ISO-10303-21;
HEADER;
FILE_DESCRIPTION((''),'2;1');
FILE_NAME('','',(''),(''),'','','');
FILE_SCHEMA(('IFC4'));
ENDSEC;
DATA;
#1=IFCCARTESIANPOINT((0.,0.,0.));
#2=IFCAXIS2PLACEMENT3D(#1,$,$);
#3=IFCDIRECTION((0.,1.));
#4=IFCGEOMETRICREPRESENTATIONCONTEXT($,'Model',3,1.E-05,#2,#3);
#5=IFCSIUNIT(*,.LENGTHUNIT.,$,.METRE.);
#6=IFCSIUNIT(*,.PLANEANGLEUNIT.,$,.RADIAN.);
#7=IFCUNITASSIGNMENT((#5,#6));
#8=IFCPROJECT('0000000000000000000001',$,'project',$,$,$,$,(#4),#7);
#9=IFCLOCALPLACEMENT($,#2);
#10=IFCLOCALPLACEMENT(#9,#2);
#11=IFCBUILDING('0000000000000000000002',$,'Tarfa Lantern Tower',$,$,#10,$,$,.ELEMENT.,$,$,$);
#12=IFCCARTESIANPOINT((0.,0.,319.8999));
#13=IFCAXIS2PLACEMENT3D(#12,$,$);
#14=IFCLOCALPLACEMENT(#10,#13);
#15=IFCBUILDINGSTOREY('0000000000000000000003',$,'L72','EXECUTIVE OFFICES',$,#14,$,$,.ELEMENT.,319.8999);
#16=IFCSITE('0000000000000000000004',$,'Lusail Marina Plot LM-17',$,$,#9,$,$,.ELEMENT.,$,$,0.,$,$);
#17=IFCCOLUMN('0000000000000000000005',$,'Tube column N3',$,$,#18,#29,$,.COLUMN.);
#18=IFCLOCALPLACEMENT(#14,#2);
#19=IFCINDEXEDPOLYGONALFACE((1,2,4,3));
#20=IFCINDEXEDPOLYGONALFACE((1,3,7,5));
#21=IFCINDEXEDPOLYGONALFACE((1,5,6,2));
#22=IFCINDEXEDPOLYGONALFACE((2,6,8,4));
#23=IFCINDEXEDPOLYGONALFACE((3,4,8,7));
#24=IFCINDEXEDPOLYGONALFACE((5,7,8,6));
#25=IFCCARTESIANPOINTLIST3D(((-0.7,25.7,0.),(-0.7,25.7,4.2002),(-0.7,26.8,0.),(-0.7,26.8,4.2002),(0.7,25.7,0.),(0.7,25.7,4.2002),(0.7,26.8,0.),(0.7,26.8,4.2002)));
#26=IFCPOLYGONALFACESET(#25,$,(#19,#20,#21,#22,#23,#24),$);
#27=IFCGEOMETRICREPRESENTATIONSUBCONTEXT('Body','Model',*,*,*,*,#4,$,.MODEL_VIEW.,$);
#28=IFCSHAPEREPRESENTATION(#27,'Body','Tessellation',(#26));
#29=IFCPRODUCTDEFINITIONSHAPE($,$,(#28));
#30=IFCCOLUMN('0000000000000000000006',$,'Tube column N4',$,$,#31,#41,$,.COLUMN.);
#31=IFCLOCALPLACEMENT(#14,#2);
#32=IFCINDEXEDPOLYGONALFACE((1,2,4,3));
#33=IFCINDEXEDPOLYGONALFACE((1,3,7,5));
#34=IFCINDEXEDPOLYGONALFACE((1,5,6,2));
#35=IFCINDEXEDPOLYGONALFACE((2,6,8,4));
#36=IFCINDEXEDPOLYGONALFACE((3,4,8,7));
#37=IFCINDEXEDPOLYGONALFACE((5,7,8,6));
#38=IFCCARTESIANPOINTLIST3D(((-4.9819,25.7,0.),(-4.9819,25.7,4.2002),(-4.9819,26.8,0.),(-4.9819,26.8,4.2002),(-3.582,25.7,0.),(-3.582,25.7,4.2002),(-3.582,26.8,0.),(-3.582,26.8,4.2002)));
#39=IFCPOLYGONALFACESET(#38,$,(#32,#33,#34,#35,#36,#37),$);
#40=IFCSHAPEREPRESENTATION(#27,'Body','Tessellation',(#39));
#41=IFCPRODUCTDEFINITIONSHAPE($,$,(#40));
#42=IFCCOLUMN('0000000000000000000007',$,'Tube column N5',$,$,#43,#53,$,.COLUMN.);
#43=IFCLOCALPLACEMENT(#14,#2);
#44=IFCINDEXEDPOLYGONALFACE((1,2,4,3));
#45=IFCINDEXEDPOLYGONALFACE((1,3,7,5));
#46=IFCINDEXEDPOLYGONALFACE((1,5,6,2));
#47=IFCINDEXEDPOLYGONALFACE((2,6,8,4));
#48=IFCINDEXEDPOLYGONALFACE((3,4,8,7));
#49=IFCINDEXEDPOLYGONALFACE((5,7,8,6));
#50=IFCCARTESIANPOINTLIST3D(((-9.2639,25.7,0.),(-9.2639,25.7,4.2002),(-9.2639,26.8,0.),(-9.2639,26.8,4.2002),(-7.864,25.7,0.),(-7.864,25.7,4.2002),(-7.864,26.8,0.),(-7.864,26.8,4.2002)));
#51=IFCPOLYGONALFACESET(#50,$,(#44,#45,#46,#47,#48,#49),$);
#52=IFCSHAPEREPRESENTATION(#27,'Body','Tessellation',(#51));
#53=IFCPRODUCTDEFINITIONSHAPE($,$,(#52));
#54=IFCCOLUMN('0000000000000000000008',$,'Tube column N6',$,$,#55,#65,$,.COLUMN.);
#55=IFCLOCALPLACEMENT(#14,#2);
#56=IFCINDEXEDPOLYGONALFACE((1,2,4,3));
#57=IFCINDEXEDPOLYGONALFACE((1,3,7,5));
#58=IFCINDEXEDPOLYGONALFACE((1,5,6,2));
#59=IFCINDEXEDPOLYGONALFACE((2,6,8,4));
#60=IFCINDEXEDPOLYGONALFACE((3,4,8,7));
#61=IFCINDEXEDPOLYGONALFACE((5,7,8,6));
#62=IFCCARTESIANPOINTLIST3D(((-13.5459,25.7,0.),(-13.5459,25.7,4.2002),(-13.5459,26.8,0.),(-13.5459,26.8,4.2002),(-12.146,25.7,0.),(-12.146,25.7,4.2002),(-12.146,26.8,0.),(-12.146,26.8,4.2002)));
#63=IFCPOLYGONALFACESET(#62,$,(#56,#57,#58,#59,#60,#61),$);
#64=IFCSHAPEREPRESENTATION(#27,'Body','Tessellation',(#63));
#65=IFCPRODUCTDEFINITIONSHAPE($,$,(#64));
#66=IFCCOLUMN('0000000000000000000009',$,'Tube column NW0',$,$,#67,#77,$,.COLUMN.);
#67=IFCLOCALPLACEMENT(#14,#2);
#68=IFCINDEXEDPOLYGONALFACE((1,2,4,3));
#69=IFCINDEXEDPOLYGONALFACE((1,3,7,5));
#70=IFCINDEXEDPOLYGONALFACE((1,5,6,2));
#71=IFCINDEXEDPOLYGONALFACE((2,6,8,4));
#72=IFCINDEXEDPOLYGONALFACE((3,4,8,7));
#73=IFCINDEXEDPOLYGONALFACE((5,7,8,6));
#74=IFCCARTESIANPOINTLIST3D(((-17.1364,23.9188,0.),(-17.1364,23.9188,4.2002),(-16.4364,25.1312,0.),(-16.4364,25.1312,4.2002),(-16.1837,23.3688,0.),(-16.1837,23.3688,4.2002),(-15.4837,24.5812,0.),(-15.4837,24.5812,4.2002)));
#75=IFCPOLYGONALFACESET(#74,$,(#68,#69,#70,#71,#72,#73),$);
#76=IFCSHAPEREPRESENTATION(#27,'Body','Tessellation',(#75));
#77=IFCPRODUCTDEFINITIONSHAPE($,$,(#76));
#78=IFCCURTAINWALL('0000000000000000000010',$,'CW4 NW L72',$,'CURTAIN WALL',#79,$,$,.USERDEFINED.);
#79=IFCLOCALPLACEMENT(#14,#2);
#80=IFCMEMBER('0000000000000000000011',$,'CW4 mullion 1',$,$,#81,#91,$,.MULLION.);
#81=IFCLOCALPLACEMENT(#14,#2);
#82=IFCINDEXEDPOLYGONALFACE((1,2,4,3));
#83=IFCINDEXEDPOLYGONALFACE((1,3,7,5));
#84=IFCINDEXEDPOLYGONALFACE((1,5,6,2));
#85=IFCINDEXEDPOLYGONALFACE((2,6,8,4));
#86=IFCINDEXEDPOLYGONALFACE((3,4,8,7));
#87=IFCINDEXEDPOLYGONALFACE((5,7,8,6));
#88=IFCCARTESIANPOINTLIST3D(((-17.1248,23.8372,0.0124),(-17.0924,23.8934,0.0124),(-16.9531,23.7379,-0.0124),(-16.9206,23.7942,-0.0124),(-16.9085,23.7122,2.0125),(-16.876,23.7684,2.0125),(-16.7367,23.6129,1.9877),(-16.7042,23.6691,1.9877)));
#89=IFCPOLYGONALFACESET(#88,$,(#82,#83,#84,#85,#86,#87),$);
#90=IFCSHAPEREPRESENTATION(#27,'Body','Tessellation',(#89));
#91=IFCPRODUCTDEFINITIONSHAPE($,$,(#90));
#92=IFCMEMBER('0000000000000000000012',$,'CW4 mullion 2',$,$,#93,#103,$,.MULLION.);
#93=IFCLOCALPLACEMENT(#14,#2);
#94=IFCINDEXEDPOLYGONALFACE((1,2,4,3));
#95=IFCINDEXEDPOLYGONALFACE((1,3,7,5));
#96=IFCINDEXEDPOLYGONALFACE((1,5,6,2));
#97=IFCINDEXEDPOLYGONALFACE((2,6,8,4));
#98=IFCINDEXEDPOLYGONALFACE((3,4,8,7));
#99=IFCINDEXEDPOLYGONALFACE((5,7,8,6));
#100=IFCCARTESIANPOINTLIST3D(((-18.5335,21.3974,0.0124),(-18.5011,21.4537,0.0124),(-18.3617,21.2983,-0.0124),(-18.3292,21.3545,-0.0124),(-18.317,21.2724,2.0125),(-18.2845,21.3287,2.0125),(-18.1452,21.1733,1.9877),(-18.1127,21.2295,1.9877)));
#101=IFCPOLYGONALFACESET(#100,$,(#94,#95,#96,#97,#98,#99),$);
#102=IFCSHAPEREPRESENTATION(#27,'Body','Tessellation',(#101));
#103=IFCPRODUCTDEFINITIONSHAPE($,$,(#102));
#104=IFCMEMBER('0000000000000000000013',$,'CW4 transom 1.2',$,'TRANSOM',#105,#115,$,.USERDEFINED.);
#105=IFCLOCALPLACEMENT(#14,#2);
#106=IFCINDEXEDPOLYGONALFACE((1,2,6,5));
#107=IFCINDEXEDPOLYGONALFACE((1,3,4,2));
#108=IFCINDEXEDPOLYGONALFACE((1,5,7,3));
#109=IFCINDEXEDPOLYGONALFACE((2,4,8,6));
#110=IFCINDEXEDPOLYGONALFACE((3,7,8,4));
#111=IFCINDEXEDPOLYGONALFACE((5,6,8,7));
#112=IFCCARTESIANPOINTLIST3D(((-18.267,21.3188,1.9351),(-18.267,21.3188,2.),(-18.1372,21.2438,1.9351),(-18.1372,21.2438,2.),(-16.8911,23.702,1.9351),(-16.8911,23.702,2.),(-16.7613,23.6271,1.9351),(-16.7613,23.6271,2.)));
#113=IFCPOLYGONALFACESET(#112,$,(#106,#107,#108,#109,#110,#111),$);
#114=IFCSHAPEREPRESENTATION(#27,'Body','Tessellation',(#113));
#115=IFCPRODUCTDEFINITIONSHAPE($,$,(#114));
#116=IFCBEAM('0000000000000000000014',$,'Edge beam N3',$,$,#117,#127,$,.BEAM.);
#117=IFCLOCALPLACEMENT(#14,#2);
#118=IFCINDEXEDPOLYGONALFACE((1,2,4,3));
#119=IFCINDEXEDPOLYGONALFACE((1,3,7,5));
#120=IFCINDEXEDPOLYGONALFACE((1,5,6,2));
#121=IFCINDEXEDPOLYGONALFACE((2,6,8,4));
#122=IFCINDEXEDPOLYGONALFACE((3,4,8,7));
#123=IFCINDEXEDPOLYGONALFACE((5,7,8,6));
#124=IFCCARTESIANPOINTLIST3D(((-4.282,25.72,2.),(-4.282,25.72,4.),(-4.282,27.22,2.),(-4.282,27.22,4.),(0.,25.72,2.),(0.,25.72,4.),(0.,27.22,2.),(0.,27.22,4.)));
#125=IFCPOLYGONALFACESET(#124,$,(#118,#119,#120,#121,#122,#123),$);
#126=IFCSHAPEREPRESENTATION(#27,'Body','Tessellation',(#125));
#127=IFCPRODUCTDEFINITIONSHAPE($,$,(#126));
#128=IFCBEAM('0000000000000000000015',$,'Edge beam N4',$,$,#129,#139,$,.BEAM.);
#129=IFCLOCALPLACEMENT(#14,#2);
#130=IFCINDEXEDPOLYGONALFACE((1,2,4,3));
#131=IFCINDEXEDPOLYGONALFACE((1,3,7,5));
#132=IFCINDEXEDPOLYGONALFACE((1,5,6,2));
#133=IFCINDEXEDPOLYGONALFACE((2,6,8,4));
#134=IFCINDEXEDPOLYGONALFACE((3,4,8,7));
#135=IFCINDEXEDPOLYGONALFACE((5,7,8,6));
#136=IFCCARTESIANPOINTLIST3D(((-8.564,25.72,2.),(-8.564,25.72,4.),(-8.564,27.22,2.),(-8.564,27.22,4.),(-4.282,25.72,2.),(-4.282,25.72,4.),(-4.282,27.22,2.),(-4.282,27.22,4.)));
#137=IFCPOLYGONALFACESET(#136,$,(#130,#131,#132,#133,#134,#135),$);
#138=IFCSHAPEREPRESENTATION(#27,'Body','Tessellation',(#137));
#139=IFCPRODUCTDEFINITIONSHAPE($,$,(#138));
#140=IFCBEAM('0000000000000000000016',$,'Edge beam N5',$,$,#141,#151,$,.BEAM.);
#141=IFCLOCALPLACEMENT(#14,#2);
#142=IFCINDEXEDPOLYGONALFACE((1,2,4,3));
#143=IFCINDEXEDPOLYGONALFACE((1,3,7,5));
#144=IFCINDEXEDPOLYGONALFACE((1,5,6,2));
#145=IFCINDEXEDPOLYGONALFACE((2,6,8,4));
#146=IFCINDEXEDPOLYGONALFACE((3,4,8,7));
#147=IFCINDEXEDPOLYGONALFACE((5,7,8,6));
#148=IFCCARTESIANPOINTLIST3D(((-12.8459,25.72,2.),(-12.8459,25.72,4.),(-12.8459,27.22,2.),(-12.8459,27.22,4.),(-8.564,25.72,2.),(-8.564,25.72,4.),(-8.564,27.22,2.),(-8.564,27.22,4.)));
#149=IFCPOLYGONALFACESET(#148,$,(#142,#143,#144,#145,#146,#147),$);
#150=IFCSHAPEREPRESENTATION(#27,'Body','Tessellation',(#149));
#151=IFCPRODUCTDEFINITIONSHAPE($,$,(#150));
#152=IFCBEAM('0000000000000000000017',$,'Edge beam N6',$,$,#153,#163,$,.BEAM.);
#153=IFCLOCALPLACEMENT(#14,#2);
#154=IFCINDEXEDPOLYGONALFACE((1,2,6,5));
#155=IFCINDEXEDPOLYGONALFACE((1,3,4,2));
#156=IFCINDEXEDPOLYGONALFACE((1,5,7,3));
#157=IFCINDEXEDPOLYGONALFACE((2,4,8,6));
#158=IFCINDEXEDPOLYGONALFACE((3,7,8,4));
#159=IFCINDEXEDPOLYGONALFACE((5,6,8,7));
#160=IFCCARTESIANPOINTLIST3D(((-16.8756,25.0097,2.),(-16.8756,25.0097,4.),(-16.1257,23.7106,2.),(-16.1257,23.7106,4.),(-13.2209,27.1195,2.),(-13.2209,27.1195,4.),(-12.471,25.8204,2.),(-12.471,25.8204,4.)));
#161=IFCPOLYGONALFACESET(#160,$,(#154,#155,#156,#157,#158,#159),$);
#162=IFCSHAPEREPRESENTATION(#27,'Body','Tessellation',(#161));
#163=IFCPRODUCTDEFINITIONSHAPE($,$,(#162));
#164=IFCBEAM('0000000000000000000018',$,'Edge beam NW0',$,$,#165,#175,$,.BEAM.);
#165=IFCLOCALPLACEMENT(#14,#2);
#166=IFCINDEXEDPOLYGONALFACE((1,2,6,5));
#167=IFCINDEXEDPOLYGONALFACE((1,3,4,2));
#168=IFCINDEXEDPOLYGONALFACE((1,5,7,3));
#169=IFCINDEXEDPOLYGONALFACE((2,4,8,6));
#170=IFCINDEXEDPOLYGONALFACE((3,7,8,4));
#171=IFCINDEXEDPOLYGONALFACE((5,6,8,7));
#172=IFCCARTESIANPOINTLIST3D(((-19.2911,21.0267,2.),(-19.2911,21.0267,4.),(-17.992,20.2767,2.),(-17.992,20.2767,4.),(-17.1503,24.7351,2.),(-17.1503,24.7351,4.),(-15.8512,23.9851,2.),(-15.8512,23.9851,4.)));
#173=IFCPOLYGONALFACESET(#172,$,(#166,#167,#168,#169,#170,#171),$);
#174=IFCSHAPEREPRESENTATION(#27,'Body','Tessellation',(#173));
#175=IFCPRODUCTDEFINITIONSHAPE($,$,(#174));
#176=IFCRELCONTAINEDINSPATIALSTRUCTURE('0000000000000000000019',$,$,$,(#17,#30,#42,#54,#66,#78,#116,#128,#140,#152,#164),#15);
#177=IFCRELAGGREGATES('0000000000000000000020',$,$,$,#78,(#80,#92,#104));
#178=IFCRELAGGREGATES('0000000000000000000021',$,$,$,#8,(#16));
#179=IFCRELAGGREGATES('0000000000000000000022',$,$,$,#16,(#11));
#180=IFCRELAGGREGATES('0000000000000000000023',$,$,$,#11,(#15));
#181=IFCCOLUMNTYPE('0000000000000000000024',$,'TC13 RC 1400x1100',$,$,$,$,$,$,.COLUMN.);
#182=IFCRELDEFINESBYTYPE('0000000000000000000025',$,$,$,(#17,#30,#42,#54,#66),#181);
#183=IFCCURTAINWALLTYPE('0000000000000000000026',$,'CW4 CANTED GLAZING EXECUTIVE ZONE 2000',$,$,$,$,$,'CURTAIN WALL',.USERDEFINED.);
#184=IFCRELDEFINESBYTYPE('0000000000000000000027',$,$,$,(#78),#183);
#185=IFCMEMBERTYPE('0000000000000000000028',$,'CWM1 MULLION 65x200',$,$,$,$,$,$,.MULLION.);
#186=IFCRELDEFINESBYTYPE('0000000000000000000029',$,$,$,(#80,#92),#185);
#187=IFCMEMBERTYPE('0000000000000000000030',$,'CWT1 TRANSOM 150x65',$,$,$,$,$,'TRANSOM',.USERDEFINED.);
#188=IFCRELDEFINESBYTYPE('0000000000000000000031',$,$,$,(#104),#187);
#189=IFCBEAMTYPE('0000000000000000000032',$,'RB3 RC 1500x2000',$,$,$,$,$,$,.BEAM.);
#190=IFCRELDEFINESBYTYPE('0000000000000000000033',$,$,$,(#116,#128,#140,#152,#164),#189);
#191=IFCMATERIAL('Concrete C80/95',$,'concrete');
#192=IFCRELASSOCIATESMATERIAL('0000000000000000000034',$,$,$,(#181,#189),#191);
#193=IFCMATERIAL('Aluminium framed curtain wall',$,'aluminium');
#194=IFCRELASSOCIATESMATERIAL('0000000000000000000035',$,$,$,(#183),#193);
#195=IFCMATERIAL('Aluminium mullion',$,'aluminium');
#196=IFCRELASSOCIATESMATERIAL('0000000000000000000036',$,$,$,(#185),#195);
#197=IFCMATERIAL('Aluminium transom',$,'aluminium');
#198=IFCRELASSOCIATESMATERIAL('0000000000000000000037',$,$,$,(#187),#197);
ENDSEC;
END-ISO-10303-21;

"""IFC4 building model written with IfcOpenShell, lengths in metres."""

from ifc_helpers import new_model, si_unit, direction, frame, origin, origin_2d, place, context, subcontext, project, spatial, rectangle, extrude, material, material_profile, profile_set, type_object, element, aggregate, save


model = new_model("IFC4")

# Units and contexts
model_context = context("Model", 3, precision=1e-05, world=origin(), true_north=direction((0.0, 1.0)))
body_context = subcontext(model_context, "Body", "Model", "MODEL_VIEW")
ifc_project = project(units=[si_unit("LENGTHUNIT", "METRE"), si_unit("PLANEANGLEUNIT", "RADIAN")], contexts=[model_context])

# Site, building, storey
site_placement = place(None, origin())
site = spatial("IfcSite", under=ifc_project, at=site_placement, Name="Lusail Marina Plot LM-17", CompositionType="ELEMENT", RefElevation=0.0)
building_placement = place(site_placement, origin())
building = spatial("IfcBuilding", under=site, at=building_placement, Name="Tarfa Lantern Tower", CompositionType="ELEMENT")
storey_placement = place(building_placement, frame((0.0, 0.0, 319.8999)))
storey = spatial("IfcBuildingStorey", under=building, at=storey_placement, Name="L72", Description="EXECUTIVE OFFICES", CompositionType="ELEMENT", Elevation=319.8999)

# Columns
ifc_material_1 = material(Name="Concrete C80/95", Category="concrete")
ifc_material_profile_1 = material_profile(ifc_material_1, rectangle(XDim=1.3999, YDim=1.1001, at=origin_2d()), Name="RC 1400x1100")
ifc_profile_set_1 = profile_set([ifc_material_profile_1], Name="Concrete C80/95")
column_type = type_object("IfcColumnType", Name="TC13 RC 1400x1100", PredefinedType="COLUMN", material=ifc_profile_set_1)
for number, where, z_axis, x_axis, name in (
    (1, (0.0, 26.25, 0.0), (0.0, 0.0, 1.0), (-1.0, 0.0, 0.0), "Tube column N3"),
    (2, (-4.282, 26.25, 0.0), (0.0, 0.0, 1.0), (-1.0, 0.0, 0.0), "Tube column N4"),
    (3, (-8.564, 26.25, 0.0), (0.0, 0.0, 1.0), (-1.0, 0.0, 0.0), "Tube column N5"),
    (4, (-12.8459, 26.25, 0.0), (0.0, 0.0, 1.0), (-1.0, 0.0, 0.0), "Tube column N6"),
    (5, (-16.3101, 24.25, 0.0), (0.0, 0.0, 1.0), (-0.5, -0.866025, 0.0), "Tube column NW0"),
):
    element("IfcColumn", number, at=place(storey_placement, frame(where, z_axis=z_axis, x_axis=x_axis)), inside=storey, type_object=column_type, Name=name, PredefinedType="COLUMN", context=body_context, shape_type="SweptSolid", body=[
        extrude(rectangle(XDim=1.3999, YDim=1.1001, at=origin_2d()), origin(), (0.0, 0.0, 1.0), 4.2002),
    ])

# Curtain wall, members
ifc_material_2 = material(Name="Aluminium framed curtain wall", Category="aluminium")
curtain_wall_type = type_object("IfcCurtainWallType", Name="CW4 CANTED GLAZING EXECUTIVE ZONE 2000", ElementType="CURTAIN WALL", PredefinedType="USERDEFINED", material=ifc_material_2)
curtain_wall_placement = place(storey_placement, origin())
curtain_wall = element("IfcCurtainWall", 6, at=curtain_wall_placement, inside=storey, type_object=curtain_wall_type, Name="CW4 NW L72", ObjectType="CURTAIN WALL", PredefinedType="USERDEFINED")
ifc_material_3 = material(Name="Aluminium mullion", Category="aluminium")
ifc_material_profile_2 = material_profile(ifc_material_3, rectangle(XDim=0.0649, YDim=0.2, at=origin_2d()), Name="AL MULLION 65x200")
ifc_profile_set_2 = profile_set([ifc_material_profile_2], Name="Aluminium mullion")
member_type_1 = type_object("IfcMemberType", Name="CWM1 MULLION 65x200", PredefinedType="MULLION", material=ifc_profile_set_2)
member_1_placement = place(storey_placement, frame((-17.0227, 23.8157, 0.0), z_axis=(0.10732, -0.062018, 0.992288), x_axis=(0.500343, 0.865827, 0.0)))
member_1 = element("IfcMember", 7, at=member_1_placement, type_object=member_type_1, Name="CW4 mullion 1", PredefinedType="MULLION", context=body_context, shape_type="SweptSolid", body=[
    extrude(rectangle(XDim=0.0649, YDim=0.2, at=origin_2d()), origin(), (0.0, 0.0, 1.0), 2.0156),
])
member_2_placement = place(storey_placement, frame((-18.4314, 21.376, 0.0), z_axis=(0.10744, -0.062017, 0.992275), x_axis=(0.49992, 0.866072, 0.0)))
member_2 = element("IfcMember", 8, at=member_2_placement, type_object=member_type_1, Name="CW4 mullion 2", PredefinedType="MULLION", context=body_context, shape_type="SweptSolid", body=[
    extrude(rectangle(XDim=0.0649, YDim=0.2, at=origin_2d()), origin(), (0.0, 0.0, 1.0), 2.0156),
])
ifc_material_4 = material(Name="Aluminium transom", Category="aluminium")
ifc_material_profile_3 = material_profile(ifc_material_4, rectangle(XDim=0.1499, YDim=0.0649, at=origin_2d()), Name="AL TRANSOM 150x65")
ifc_profile_set_3 = profile_set([ifc_material_profile_3], Name="Aluminium transom")
member_type_2 = type_object("IfcMemberType", Name="CWT1 TRANSOM 150x65", ElementType="TRANSOM", PredefinedType="USERDEFINED", material=ifc_profile_set_3)
member_3_placement = place(storey_placement, frame((-16.8262, 23.6646, 1.9675), z_axis=(-0.499994, -0.866029, 0.0), x_axis=(0.866029, -0.499994, 0.0)))
member_3 = element("IfcMember", 9, at=member_3_placement, type_object=member_type_2, Name="CW4 transom 1.2", ObjectType="TRANSOM", PredefinedType="USERDEFINED", context=body_context, shape_type="SweptSolid", body=[
    extrude(rectangle(XDim=0.1499, YDim=0.0649, at=origin_2d()), origin(), (0.0, 0.0, 1.0), 2.752),
])

# Beams
ifc_material_profile_4 = material_profile(ifc_material_1, rectangle(XDim=1.5, YDim=2.0, at=origin_2d()), Name="RC 1500x2000")
ifc_profile_set_4 = profile_set([ifc_material_profile_4], Name="Concrete C80/95")
beam_type_1 = type_object("IfcBeamType", Name="RB3 RC 1500x2000", PredefinedType="BEAM", material=ifc_profile_set_4)
for number, where, z_axis, x_axis, name in (
    (10, (0.0, 26.47, 3.0), (-1.0, 0.0, 0.0), (0.0, -1.0, 0.0), "Edge beam N3"),
    (11, (-4.282, 26.47, 3.0), (-1.0, 0.0, 0.0), (0.0, -1.0, 0.0), "Edge beam N4"),
    (12, (-8.564, 26.47, 3.0), (-1.0, 0.0, 0.0), (0.0, -1.0, 0.0), "Edge beam N5"),
):
    element("IfcBeam", number, at=place(storey_placement, frame(where, z_axis=z_axis, x_axis=x_axis)), inside=storey, type_object=beam_type_1, Name=name, PredefinedType="BEAM", context=body_context, shape_type="SweptSolid", body=[
        extrude(rectangle(XDim=1.5, YDim=2.0, at=origin_2d()), origin(), (0.0, 0.0, 1.0), 4.282),
    ])
beam_1_placement = place(storey_placement, frame((-12.8459, 26.47, 3.0), z_axis=(-0.866049, -0.499959, 0.0), x_axis=(0.499959, -0.866049, 0.0)))
element("IfcBeam", 13, at=beam_1_placement, inside=storey, type_object=beam_type_1, Name="Edge beam N6", PredefinedType="BEAM", context=body_context, shape_type="SweptSolid", body=[
    extrude(rectangle(XDim=1.5, YDim=2.0, at=origin_2d()), origin(), (0.0, 0.0, 1.0), 4.22),
])
beam_2_placement = place(storey_placement, frame((-16.5007, 24.3601, 3.0), z_axis=(-0.499959, -0.866049, 0.0), x_axis=(0.866049, -0.499959, 0.0)))
element("IfcBeam", 14, at=beam_2_placement, inside=storey, type_object=beam_type_1, Name="Edge beam NW0", PredefinedType="BEAM", context=body_context, shape_type="SweptSolid", body=[
    extrude(rectangle(XDim=1.5, YDim=2.0, at=origin_2d()), origin(), (0.0, 0.0, 1.0), 4.282),
])

aggregate(curtain_wall, [member_1, member_2, member_3])

save(model, "model.ifc")
